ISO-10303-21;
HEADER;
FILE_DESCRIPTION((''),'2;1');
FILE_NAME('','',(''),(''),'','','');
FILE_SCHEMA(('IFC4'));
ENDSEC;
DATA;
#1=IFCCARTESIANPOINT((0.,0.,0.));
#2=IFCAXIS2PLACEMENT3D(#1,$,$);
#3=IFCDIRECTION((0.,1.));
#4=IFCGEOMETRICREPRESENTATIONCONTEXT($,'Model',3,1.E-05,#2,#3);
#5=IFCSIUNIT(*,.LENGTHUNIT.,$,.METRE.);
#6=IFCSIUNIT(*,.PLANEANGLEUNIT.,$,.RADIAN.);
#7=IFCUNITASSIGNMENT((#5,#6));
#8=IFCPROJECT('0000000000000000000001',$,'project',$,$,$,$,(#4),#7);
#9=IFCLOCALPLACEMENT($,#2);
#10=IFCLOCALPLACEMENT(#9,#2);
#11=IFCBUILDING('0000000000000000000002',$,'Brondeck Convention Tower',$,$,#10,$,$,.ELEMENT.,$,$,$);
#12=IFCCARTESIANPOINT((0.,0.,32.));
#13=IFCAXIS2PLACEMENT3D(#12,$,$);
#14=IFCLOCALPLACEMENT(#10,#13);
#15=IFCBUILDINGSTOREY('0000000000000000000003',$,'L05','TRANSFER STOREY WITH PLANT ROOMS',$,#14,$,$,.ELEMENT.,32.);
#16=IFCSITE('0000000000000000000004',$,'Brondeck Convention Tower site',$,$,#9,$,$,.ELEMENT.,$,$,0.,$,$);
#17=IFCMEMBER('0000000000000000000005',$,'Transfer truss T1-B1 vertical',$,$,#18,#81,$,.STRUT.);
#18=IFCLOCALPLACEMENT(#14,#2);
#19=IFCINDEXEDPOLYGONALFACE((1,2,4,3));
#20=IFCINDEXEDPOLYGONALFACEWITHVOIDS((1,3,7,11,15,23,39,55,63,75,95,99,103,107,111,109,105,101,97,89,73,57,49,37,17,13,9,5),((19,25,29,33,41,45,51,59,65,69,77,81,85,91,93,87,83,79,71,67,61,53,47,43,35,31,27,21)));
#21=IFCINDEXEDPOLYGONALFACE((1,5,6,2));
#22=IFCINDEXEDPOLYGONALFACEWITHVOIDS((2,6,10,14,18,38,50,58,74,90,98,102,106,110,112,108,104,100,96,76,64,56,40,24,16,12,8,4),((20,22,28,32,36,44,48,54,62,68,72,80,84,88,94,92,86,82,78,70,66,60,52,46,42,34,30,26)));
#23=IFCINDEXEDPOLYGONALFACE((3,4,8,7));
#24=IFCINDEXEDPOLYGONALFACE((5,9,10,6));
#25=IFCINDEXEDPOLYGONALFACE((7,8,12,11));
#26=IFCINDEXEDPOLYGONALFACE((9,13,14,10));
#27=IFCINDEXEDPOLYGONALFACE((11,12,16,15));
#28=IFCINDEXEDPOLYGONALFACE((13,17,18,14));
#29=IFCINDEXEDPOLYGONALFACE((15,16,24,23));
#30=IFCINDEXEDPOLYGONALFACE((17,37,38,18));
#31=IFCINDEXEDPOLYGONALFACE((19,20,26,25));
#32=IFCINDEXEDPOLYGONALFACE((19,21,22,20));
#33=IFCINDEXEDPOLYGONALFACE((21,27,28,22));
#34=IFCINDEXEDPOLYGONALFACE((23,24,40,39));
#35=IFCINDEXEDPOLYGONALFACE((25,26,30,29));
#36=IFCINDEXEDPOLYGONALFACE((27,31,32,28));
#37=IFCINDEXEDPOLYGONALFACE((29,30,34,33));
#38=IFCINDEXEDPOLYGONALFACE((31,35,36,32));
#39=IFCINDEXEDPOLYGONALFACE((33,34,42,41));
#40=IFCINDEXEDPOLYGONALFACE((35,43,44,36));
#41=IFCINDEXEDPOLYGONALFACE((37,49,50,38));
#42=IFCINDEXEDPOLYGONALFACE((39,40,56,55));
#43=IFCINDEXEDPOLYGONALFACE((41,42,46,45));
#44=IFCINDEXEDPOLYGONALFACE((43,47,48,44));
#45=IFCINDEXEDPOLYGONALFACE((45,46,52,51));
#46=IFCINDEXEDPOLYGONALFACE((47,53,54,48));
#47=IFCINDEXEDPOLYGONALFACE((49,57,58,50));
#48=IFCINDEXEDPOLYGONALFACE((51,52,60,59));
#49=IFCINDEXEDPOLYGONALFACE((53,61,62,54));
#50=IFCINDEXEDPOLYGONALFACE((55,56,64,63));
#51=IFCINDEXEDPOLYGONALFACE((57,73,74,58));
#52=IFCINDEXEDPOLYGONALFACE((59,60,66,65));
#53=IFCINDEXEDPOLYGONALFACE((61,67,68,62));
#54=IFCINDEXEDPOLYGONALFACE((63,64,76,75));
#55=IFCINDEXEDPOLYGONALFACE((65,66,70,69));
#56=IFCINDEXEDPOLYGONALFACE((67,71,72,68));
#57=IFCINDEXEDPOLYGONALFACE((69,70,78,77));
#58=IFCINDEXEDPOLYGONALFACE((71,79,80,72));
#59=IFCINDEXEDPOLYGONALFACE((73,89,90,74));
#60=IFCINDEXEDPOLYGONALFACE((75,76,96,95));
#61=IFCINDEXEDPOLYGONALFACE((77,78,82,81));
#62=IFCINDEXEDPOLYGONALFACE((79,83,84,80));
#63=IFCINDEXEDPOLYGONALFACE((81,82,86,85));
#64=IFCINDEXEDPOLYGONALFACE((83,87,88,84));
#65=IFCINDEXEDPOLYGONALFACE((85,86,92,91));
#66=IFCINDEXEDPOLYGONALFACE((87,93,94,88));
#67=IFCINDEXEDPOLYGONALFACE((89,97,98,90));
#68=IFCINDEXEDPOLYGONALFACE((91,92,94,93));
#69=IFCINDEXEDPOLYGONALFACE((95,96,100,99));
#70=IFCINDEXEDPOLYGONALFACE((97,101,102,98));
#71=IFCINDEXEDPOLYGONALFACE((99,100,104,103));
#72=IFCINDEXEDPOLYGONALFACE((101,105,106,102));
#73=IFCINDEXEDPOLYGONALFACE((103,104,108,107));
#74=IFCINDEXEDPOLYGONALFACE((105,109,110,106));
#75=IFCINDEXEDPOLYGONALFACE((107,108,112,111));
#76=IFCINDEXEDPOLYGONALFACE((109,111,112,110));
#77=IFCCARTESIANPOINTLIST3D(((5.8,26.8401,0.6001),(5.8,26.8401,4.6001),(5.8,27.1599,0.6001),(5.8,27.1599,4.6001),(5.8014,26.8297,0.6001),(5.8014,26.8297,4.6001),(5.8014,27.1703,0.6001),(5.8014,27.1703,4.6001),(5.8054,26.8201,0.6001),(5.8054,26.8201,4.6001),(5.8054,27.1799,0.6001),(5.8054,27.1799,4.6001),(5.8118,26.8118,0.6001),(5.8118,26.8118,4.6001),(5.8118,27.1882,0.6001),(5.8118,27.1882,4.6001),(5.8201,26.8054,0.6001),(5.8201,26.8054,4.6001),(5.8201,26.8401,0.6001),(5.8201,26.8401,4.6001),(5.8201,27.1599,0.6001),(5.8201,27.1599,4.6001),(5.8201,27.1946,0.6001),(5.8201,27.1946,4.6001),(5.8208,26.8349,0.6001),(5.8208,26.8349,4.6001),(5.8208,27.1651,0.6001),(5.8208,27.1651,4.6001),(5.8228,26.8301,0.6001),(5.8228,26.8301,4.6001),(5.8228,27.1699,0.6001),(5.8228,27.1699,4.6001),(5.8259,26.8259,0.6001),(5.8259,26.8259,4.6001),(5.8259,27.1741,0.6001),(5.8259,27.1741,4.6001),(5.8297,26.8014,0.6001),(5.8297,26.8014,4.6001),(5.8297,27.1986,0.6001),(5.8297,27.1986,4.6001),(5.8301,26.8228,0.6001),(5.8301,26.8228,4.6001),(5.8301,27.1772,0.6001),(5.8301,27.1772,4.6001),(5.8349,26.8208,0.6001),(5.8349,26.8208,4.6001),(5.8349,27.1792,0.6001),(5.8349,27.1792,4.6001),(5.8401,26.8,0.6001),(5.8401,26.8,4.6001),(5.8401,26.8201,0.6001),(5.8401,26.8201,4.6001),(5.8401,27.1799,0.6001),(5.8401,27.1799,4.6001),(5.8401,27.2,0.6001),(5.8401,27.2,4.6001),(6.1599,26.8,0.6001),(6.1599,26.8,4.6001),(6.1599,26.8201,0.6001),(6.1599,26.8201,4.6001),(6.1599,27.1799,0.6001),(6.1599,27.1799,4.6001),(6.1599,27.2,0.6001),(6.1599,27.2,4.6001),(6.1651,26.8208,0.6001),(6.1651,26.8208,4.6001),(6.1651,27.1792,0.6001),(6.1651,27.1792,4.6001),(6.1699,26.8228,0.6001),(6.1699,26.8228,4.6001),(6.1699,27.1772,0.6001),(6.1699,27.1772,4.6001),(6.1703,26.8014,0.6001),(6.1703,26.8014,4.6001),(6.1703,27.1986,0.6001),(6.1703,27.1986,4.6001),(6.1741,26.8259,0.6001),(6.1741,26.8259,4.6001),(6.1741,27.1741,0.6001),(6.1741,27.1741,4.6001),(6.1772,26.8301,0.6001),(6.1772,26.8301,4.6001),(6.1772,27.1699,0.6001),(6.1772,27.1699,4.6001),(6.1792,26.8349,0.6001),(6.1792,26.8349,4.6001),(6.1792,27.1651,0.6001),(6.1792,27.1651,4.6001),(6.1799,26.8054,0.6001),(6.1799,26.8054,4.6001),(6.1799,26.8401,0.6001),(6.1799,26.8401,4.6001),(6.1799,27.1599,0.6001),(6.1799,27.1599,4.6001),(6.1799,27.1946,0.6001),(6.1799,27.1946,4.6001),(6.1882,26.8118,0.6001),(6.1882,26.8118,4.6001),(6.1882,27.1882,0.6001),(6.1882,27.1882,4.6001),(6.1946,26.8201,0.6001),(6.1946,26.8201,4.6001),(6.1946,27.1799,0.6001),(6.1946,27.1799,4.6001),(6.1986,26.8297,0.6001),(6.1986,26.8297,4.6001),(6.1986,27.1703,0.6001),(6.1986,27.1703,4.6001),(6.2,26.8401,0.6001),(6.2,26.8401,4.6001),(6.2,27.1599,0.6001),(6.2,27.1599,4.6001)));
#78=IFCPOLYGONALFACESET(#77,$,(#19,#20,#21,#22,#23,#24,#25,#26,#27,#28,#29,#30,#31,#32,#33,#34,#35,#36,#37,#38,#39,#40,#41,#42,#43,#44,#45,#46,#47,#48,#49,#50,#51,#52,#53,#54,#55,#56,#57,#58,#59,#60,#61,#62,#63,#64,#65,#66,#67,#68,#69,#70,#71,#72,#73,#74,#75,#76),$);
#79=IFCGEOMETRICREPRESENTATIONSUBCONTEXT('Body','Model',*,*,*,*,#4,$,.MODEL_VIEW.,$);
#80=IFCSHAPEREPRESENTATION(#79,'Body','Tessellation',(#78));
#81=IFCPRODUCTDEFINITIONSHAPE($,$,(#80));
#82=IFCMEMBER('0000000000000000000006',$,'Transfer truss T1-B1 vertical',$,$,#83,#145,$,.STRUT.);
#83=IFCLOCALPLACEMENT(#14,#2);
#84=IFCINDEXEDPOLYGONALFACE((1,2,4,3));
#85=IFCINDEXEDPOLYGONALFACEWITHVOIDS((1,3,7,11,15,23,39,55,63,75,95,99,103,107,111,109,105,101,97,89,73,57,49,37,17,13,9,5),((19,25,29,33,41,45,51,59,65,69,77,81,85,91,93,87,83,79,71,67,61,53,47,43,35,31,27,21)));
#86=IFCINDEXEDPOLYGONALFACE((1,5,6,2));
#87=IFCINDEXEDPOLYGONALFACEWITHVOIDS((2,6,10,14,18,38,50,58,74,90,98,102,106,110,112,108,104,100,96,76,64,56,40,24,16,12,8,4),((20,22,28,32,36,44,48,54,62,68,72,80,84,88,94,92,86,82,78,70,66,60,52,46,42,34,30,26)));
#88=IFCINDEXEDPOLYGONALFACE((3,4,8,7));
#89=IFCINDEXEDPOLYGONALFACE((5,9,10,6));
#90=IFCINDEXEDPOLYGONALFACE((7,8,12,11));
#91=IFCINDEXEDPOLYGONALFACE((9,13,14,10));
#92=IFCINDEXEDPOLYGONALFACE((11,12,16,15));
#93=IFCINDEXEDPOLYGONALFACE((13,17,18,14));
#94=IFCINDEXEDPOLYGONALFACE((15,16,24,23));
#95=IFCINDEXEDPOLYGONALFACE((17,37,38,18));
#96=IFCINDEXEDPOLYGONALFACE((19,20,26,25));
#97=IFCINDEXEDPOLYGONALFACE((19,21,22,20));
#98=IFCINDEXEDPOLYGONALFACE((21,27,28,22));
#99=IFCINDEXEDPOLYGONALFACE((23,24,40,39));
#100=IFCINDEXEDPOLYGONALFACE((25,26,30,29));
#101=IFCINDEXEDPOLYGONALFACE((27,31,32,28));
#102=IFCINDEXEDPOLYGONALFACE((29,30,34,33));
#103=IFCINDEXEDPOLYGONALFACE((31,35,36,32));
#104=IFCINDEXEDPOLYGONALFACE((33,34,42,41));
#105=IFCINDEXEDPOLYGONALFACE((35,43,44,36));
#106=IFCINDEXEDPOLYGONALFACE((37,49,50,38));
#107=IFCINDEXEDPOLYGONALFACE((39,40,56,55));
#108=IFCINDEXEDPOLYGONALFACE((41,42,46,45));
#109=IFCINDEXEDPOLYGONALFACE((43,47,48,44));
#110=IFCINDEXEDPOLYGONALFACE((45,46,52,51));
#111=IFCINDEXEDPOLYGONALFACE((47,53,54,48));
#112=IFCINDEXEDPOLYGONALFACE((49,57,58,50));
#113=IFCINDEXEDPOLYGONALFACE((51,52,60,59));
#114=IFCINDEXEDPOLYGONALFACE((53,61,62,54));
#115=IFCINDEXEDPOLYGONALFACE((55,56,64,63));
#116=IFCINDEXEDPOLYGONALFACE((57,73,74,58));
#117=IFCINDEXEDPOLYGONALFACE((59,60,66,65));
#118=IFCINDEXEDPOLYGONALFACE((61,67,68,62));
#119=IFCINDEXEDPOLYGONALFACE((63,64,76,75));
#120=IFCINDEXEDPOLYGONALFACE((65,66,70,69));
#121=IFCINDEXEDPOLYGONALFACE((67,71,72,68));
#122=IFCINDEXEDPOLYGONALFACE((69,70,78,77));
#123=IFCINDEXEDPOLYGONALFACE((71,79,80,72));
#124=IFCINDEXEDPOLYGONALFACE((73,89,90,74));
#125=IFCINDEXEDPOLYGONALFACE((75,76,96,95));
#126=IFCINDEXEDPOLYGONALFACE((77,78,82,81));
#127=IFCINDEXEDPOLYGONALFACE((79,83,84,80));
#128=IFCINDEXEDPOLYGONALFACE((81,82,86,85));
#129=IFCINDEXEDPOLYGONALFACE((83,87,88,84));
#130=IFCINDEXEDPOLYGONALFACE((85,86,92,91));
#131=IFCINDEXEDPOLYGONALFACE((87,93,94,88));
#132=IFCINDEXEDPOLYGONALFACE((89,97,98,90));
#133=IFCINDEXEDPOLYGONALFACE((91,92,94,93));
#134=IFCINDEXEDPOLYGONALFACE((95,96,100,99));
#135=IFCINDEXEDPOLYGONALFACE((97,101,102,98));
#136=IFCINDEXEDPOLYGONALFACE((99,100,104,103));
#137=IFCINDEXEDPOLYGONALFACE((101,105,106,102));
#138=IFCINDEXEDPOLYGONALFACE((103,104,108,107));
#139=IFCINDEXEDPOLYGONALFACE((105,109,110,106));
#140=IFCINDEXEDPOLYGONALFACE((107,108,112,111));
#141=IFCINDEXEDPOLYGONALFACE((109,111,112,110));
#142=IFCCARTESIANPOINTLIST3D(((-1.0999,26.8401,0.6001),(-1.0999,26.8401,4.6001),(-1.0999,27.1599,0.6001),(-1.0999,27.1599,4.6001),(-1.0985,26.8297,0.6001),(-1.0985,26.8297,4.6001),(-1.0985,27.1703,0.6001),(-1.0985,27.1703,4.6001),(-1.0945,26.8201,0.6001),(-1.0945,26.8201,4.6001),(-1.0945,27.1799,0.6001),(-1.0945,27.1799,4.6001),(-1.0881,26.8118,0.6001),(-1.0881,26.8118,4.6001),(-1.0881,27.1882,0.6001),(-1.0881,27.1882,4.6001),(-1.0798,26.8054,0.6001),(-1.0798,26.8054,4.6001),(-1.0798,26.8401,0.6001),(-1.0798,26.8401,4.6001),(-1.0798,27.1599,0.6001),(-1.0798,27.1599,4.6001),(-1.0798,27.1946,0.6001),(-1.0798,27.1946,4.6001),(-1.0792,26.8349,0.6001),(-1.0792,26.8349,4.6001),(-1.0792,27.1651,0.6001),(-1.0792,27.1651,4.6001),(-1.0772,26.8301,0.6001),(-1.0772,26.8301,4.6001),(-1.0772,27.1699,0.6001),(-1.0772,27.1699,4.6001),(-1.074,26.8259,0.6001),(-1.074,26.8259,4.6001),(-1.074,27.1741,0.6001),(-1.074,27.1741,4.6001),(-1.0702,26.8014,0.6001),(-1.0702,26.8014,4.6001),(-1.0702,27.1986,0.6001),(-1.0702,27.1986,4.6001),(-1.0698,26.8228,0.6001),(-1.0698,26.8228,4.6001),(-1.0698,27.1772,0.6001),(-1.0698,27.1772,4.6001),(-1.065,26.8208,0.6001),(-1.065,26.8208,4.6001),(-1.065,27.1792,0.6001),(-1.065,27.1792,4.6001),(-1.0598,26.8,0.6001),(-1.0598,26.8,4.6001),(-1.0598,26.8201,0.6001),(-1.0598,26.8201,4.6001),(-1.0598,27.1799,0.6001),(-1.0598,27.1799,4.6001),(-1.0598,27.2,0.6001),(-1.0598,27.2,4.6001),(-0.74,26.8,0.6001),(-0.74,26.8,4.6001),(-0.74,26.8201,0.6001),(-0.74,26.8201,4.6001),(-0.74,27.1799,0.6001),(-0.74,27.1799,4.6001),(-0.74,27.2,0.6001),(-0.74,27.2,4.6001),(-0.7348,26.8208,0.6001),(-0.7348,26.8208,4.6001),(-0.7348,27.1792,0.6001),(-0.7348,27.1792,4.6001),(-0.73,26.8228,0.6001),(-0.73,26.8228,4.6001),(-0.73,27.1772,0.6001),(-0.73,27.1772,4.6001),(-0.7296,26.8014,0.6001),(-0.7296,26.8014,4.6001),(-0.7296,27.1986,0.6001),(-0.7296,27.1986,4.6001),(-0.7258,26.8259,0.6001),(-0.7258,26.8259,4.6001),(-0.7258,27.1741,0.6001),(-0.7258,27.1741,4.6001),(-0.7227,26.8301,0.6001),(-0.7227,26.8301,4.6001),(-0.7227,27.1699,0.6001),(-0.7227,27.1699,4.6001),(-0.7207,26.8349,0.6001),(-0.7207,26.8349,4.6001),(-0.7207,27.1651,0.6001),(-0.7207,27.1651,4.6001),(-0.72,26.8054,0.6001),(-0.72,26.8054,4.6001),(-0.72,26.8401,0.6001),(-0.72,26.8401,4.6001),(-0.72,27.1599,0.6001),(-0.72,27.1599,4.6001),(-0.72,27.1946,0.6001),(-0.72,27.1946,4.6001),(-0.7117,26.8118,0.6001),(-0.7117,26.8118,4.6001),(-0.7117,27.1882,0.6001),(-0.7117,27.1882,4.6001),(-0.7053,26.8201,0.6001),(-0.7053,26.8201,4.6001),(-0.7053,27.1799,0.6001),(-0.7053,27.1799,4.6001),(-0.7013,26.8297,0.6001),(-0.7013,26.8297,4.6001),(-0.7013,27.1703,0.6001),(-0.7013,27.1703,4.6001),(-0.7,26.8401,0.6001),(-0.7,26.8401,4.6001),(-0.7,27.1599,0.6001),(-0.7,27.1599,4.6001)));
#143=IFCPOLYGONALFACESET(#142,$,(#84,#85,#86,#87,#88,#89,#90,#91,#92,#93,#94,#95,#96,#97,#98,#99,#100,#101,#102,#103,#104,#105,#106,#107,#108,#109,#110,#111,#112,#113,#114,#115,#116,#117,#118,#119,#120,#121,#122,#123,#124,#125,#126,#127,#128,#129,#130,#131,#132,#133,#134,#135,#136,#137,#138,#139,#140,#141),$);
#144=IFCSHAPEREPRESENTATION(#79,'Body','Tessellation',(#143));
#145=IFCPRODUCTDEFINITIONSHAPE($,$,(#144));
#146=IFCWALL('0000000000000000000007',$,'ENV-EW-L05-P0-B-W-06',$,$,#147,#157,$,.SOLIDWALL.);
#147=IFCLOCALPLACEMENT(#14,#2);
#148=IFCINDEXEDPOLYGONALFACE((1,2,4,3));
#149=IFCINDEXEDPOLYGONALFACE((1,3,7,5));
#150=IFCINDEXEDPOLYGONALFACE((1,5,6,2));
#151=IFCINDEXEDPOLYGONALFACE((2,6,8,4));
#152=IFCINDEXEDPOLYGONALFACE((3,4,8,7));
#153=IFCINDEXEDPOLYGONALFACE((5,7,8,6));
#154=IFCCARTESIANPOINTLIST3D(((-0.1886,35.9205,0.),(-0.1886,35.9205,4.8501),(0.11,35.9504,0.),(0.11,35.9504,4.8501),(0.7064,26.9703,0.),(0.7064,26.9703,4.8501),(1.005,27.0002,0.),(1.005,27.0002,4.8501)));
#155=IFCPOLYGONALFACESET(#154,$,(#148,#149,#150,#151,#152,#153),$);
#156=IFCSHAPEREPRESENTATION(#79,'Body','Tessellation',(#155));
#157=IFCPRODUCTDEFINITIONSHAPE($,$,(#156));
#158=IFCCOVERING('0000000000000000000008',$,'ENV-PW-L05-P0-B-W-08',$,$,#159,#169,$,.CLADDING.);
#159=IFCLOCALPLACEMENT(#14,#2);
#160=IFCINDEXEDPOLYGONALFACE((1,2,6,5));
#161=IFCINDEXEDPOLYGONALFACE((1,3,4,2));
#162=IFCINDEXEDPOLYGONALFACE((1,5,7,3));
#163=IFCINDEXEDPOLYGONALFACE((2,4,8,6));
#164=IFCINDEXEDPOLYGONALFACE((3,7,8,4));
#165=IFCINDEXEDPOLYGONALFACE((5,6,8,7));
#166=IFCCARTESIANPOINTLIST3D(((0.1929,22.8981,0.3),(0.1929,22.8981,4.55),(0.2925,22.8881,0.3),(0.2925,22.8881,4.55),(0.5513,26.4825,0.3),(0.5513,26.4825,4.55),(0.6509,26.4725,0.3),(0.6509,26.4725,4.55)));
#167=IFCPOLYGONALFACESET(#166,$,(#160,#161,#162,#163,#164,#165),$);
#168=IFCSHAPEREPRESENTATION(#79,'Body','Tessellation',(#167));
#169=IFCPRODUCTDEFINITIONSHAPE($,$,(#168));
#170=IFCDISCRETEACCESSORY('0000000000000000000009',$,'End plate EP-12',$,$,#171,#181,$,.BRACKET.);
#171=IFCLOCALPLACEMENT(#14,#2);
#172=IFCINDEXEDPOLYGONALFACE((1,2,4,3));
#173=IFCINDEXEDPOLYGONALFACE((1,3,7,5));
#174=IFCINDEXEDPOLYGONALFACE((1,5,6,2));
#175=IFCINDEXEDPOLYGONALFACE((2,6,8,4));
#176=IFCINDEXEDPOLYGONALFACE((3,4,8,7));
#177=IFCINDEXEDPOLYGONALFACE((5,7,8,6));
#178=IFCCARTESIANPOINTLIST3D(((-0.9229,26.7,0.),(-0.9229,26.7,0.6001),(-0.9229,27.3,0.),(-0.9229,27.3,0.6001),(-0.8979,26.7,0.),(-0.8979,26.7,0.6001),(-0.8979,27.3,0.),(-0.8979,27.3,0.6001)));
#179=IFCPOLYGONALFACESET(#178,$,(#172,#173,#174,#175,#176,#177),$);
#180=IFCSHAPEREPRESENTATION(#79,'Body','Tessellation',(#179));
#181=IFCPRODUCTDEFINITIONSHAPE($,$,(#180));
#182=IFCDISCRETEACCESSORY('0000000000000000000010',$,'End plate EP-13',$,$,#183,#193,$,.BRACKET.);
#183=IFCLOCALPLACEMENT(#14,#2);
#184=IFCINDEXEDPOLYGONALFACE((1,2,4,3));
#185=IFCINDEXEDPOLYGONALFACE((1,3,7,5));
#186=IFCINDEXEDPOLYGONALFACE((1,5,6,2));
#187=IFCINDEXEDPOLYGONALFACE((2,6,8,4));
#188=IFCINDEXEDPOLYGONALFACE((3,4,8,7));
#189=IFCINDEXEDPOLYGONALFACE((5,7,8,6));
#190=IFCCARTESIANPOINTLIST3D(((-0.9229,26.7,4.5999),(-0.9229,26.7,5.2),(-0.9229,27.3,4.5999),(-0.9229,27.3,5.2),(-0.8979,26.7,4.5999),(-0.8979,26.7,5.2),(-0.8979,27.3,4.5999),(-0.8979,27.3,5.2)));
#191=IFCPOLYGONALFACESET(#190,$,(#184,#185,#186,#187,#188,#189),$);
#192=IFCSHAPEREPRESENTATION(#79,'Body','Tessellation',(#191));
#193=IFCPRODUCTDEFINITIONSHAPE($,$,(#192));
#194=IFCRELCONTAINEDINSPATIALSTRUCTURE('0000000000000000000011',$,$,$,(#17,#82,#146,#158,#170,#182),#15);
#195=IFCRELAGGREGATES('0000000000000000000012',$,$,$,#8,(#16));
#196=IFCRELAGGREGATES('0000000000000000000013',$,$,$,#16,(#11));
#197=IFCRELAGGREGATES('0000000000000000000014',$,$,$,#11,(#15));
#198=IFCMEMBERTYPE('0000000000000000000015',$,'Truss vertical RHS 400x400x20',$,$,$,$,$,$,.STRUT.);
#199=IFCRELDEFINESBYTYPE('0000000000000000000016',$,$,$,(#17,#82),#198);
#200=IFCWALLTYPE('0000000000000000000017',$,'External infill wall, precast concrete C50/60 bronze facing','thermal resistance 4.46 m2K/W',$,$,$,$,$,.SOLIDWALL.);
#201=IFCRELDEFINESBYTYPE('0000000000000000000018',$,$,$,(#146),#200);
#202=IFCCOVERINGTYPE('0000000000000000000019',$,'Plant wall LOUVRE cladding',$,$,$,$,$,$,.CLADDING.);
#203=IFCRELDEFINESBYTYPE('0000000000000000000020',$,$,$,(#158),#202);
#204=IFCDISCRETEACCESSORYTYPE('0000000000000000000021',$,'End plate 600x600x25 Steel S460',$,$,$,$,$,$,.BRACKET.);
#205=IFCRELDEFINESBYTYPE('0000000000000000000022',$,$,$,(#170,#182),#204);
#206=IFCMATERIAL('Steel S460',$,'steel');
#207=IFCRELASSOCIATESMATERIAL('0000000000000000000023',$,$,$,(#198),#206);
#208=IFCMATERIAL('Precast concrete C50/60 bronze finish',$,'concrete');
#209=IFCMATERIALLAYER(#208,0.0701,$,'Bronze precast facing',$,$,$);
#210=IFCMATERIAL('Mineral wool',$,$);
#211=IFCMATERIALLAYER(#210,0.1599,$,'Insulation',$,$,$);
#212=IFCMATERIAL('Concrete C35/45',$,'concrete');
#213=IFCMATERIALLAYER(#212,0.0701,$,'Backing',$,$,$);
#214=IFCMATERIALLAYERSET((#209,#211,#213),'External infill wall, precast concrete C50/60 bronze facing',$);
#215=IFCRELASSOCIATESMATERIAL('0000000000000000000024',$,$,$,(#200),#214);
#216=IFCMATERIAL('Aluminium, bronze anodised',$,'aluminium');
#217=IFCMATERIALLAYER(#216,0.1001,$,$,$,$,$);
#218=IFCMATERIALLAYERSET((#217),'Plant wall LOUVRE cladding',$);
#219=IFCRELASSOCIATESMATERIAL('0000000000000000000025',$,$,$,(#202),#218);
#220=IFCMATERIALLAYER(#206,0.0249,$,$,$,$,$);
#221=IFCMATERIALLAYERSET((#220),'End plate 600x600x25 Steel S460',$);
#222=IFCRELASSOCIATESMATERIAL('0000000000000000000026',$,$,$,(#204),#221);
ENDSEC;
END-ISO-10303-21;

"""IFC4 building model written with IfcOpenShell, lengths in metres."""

from ifc_helpers import new_model, si_unit, direction, frame, frame_2d, origin, origin_2d, place, context, subcontext, project, spatial, rectangle, hollow_rectangle, extrude, material, layer, layer_set, material_profile, profile_set, type_object, element, save


model = new_model("IFC4")

# Units and contexts
model_context = context("Model", 3, precision=1e-05, world=origin(), true_north=direction((0.0, 1.0)))
body_context = subcontext(model_context, "Body", "Model", "MODEL_VIEW")
ifc_project = project(units=[si_unit("LENGTHUNIT", "METRE"), si_unit("PLANEANGLEUNIT", "RADIAN")], contexts=[model_context])

# Site, building, storey
site_placement = place(None, origin())
site = spatial("IfcSite", under=ifc_project, at=site_placement, Name="Brondeck Convention Tower site", CompositionType="ELEMENT", RefElevation=0.0)
building_placement = place(site_placement, origin())
building = spatial("IfcBuilding", under=site, at=building_placement, Name="Brondeck Convention Tower", CompositionType="ELEMENT")
storey_placement = place(building_placement, frame((0.0, 0.0, 32.0)))
storey = spatial("IfcBuildingStorey", under=building, at=storey_placement, Name="L05", Description="TRANSFER STOREY WITH PLANT ROOMS", CompositionType="ELEMENT", Elevation=32.0)

# Shared definitions
ifc_material_1 = material(Name="Steel S460", Category="steel")

# Members
ifc_material_profile_1 = material_profile(ifc_material_1, hollow_rectangle(XDim=0.3999, YDim=0.3999, WallThickness=0.02, InnerFilletRadius=0.02, OuterFilletRadius=0.04, at=origin_2d()), Name="RHS 400x400x20")
ifc_profile_set_1 = profile_set([ifc_material_profile_1], Name="Steel S460")
member_type_1 = type_object("IfcMemberType", Name="Truss vertical RHS 400x400x20", PredefinedType="STRUT", material=ifc_profile_set_1)
for number, where, z_axis, x_axis, name in (
    (1, (6.0, 27.0, 0.6001), (0.0, 0.0, 1.0), (1.0, 0.0, 0.0), "Transfer truss T1-B1 vertical"),
    (2, (-0.8999, 27.0, 0.6001), (0.0, 0.0, 1.0), (1.0, 0.0, 0.0), "Transfer truss T1-B1 vertical"),
):
    element("IfcMember", number, at=place(storey_placement, frame(where, z_axis=z_axis, x_axis=x_axis)), inside=storey, type_object=member_type_1, Name=name, PredefinedType="STRUT", context=body_context, shape_type="SweptSolid", body=[
        extrude(hollow_rectangle(XDim=0.3999, YDim=0.3999, WallThickness=0.02, InnerFilletRadius=0.02, OuterFilletRadius=0.04, at=origin_2d()), origin(), (0.0, 0.0, 1.0), 4.0),
    ])

# Wall
ifc_material_2 = material(Name="Precast concrete C50/60 bronze finish", Category="concrete")
ifc_layer_1 = layer(ifc_material_2, 0.0701, Name="Bronze precast facing")
ifc_material_3 = material(Name="Mineral wool")
ifc_layer_2 = layer(ifc_material_3, 0.1599, Name="Insulation")
ifc_material_4 = material(Name="Concrete C35/45", Category="concrete")
ifc_layer_3 = layer(ifc_material_4, 0.0701, Name="Backing")
ifc_layer_set_1 = layer_set([ifc_layer_1, ifc_layer_2, ifc_layer_3], Name="External infill wall, precast concrete C50/60 bronze facing")
wall_type = type_object("IfcWallType", Name="External infill wall, precast concrete C50/60 bronze facing", Description="thermal resistance 4.46 m2K/W", PredefinedType="SOLIDWALL", material=ifc_layer_set_1)
wall_placement = place(storey_placement, frame((0.8557, 26.9851, 0.0), z_axis=(0.0, 0.0, 1.0), x_axis=(-0.099504, 0.995037, 0.0)))
element("IfcWall", 3, at=wall_placement, inside=storey, type_object=wall_type, Name="ENV-EW-L05-P0-B-W-06", PredefinedType="SOLIDWALL", context=body_context, shape_type="SweptSolid", body=[
    extrude(rectangle(XDim=8.9949, YDim=0.3, at=frame_2d((4.4976, 0.0))), origin(), (0.0, 0.0, 1.0), 4.8501),
])

# Covering
ifc_material_5 = material(Name="Aluminium, bronze anodised", Category="aluminium")
ifc_layer_4 = layer(ifc_material_5, 0.1001)
ifc_layer_set_2 = layer_set([ifc_layer_4], Name="Plant wall LOUVRE cladding")
covering_type = type_object("IfcCoveringType", Name="Plant wall LOUVRE cladding", PredefinedType="CLADDING", material=ifc_layer_set_2)
covering_placement = place(storey_placement, frame((0.4219, 24.6853, 0.3), z_axis=(0.0, 0.0, 1.0), x_axis=(-0.099504, -0.995037, 0.0)))
element("IfcCovering", 4, at=covering_placement, inside=storey, type_object=covering_type, Name="ENV-PW-L05-P0-B-W-08", PredefinedType="CLADDING", context=body_context, shape_type="SweptSolid", body=[
    extrude(rectangle(XDim=3.6023, YDim=0.1001, at=origin_2d()), origin(), (0.0, 0.0, 1.0), 4.25),
])

# Discrete accessories
ifc_layer_5 = layer(ifc_material_1, 0.0249)
ifc_layer_set_3 = layer_set([ifc_layer_5], Name="End plate 600x600x25 Steel S460")
discrete_accessory_type_1 = type_object("IfcDiscreteAccessoryType", Name="End plate 600x600x25 Steel S460", PredefinedType="BRACKET", material=ifc_layer_set_3)
for number, where, z_axis, x_axis, name in (
    (5, (-0.9104, 27.0, 0.0), (0.0, 0.0, 1.0), (0.0, -1.0, 0.0), "End plate EP-12"),
    (6, (-0.9104, 27.0, 4.5999), (0.0, 0.0, 1.0), (0.0, -1.0, 0.0), "End plate EP-13"),
):
    element("IfcDiscreteAccessory", number, at=place(storey_placement, frame(where, z_axis=z_axis, x_axis=x_axis)), inside=storey, type_object=discrete_accessory_type_1, Name=name, PredefinedType="BRACKET", context=body_context, shape_type="SweptSolid", body=[
        extrude(rectangle(XDim=0.6001, YDim=0.0249, at=origin_2d()), origin(), (0.0, 0.0, 1.0), 0.6001),
    ])

save(model, "model.ifc")
